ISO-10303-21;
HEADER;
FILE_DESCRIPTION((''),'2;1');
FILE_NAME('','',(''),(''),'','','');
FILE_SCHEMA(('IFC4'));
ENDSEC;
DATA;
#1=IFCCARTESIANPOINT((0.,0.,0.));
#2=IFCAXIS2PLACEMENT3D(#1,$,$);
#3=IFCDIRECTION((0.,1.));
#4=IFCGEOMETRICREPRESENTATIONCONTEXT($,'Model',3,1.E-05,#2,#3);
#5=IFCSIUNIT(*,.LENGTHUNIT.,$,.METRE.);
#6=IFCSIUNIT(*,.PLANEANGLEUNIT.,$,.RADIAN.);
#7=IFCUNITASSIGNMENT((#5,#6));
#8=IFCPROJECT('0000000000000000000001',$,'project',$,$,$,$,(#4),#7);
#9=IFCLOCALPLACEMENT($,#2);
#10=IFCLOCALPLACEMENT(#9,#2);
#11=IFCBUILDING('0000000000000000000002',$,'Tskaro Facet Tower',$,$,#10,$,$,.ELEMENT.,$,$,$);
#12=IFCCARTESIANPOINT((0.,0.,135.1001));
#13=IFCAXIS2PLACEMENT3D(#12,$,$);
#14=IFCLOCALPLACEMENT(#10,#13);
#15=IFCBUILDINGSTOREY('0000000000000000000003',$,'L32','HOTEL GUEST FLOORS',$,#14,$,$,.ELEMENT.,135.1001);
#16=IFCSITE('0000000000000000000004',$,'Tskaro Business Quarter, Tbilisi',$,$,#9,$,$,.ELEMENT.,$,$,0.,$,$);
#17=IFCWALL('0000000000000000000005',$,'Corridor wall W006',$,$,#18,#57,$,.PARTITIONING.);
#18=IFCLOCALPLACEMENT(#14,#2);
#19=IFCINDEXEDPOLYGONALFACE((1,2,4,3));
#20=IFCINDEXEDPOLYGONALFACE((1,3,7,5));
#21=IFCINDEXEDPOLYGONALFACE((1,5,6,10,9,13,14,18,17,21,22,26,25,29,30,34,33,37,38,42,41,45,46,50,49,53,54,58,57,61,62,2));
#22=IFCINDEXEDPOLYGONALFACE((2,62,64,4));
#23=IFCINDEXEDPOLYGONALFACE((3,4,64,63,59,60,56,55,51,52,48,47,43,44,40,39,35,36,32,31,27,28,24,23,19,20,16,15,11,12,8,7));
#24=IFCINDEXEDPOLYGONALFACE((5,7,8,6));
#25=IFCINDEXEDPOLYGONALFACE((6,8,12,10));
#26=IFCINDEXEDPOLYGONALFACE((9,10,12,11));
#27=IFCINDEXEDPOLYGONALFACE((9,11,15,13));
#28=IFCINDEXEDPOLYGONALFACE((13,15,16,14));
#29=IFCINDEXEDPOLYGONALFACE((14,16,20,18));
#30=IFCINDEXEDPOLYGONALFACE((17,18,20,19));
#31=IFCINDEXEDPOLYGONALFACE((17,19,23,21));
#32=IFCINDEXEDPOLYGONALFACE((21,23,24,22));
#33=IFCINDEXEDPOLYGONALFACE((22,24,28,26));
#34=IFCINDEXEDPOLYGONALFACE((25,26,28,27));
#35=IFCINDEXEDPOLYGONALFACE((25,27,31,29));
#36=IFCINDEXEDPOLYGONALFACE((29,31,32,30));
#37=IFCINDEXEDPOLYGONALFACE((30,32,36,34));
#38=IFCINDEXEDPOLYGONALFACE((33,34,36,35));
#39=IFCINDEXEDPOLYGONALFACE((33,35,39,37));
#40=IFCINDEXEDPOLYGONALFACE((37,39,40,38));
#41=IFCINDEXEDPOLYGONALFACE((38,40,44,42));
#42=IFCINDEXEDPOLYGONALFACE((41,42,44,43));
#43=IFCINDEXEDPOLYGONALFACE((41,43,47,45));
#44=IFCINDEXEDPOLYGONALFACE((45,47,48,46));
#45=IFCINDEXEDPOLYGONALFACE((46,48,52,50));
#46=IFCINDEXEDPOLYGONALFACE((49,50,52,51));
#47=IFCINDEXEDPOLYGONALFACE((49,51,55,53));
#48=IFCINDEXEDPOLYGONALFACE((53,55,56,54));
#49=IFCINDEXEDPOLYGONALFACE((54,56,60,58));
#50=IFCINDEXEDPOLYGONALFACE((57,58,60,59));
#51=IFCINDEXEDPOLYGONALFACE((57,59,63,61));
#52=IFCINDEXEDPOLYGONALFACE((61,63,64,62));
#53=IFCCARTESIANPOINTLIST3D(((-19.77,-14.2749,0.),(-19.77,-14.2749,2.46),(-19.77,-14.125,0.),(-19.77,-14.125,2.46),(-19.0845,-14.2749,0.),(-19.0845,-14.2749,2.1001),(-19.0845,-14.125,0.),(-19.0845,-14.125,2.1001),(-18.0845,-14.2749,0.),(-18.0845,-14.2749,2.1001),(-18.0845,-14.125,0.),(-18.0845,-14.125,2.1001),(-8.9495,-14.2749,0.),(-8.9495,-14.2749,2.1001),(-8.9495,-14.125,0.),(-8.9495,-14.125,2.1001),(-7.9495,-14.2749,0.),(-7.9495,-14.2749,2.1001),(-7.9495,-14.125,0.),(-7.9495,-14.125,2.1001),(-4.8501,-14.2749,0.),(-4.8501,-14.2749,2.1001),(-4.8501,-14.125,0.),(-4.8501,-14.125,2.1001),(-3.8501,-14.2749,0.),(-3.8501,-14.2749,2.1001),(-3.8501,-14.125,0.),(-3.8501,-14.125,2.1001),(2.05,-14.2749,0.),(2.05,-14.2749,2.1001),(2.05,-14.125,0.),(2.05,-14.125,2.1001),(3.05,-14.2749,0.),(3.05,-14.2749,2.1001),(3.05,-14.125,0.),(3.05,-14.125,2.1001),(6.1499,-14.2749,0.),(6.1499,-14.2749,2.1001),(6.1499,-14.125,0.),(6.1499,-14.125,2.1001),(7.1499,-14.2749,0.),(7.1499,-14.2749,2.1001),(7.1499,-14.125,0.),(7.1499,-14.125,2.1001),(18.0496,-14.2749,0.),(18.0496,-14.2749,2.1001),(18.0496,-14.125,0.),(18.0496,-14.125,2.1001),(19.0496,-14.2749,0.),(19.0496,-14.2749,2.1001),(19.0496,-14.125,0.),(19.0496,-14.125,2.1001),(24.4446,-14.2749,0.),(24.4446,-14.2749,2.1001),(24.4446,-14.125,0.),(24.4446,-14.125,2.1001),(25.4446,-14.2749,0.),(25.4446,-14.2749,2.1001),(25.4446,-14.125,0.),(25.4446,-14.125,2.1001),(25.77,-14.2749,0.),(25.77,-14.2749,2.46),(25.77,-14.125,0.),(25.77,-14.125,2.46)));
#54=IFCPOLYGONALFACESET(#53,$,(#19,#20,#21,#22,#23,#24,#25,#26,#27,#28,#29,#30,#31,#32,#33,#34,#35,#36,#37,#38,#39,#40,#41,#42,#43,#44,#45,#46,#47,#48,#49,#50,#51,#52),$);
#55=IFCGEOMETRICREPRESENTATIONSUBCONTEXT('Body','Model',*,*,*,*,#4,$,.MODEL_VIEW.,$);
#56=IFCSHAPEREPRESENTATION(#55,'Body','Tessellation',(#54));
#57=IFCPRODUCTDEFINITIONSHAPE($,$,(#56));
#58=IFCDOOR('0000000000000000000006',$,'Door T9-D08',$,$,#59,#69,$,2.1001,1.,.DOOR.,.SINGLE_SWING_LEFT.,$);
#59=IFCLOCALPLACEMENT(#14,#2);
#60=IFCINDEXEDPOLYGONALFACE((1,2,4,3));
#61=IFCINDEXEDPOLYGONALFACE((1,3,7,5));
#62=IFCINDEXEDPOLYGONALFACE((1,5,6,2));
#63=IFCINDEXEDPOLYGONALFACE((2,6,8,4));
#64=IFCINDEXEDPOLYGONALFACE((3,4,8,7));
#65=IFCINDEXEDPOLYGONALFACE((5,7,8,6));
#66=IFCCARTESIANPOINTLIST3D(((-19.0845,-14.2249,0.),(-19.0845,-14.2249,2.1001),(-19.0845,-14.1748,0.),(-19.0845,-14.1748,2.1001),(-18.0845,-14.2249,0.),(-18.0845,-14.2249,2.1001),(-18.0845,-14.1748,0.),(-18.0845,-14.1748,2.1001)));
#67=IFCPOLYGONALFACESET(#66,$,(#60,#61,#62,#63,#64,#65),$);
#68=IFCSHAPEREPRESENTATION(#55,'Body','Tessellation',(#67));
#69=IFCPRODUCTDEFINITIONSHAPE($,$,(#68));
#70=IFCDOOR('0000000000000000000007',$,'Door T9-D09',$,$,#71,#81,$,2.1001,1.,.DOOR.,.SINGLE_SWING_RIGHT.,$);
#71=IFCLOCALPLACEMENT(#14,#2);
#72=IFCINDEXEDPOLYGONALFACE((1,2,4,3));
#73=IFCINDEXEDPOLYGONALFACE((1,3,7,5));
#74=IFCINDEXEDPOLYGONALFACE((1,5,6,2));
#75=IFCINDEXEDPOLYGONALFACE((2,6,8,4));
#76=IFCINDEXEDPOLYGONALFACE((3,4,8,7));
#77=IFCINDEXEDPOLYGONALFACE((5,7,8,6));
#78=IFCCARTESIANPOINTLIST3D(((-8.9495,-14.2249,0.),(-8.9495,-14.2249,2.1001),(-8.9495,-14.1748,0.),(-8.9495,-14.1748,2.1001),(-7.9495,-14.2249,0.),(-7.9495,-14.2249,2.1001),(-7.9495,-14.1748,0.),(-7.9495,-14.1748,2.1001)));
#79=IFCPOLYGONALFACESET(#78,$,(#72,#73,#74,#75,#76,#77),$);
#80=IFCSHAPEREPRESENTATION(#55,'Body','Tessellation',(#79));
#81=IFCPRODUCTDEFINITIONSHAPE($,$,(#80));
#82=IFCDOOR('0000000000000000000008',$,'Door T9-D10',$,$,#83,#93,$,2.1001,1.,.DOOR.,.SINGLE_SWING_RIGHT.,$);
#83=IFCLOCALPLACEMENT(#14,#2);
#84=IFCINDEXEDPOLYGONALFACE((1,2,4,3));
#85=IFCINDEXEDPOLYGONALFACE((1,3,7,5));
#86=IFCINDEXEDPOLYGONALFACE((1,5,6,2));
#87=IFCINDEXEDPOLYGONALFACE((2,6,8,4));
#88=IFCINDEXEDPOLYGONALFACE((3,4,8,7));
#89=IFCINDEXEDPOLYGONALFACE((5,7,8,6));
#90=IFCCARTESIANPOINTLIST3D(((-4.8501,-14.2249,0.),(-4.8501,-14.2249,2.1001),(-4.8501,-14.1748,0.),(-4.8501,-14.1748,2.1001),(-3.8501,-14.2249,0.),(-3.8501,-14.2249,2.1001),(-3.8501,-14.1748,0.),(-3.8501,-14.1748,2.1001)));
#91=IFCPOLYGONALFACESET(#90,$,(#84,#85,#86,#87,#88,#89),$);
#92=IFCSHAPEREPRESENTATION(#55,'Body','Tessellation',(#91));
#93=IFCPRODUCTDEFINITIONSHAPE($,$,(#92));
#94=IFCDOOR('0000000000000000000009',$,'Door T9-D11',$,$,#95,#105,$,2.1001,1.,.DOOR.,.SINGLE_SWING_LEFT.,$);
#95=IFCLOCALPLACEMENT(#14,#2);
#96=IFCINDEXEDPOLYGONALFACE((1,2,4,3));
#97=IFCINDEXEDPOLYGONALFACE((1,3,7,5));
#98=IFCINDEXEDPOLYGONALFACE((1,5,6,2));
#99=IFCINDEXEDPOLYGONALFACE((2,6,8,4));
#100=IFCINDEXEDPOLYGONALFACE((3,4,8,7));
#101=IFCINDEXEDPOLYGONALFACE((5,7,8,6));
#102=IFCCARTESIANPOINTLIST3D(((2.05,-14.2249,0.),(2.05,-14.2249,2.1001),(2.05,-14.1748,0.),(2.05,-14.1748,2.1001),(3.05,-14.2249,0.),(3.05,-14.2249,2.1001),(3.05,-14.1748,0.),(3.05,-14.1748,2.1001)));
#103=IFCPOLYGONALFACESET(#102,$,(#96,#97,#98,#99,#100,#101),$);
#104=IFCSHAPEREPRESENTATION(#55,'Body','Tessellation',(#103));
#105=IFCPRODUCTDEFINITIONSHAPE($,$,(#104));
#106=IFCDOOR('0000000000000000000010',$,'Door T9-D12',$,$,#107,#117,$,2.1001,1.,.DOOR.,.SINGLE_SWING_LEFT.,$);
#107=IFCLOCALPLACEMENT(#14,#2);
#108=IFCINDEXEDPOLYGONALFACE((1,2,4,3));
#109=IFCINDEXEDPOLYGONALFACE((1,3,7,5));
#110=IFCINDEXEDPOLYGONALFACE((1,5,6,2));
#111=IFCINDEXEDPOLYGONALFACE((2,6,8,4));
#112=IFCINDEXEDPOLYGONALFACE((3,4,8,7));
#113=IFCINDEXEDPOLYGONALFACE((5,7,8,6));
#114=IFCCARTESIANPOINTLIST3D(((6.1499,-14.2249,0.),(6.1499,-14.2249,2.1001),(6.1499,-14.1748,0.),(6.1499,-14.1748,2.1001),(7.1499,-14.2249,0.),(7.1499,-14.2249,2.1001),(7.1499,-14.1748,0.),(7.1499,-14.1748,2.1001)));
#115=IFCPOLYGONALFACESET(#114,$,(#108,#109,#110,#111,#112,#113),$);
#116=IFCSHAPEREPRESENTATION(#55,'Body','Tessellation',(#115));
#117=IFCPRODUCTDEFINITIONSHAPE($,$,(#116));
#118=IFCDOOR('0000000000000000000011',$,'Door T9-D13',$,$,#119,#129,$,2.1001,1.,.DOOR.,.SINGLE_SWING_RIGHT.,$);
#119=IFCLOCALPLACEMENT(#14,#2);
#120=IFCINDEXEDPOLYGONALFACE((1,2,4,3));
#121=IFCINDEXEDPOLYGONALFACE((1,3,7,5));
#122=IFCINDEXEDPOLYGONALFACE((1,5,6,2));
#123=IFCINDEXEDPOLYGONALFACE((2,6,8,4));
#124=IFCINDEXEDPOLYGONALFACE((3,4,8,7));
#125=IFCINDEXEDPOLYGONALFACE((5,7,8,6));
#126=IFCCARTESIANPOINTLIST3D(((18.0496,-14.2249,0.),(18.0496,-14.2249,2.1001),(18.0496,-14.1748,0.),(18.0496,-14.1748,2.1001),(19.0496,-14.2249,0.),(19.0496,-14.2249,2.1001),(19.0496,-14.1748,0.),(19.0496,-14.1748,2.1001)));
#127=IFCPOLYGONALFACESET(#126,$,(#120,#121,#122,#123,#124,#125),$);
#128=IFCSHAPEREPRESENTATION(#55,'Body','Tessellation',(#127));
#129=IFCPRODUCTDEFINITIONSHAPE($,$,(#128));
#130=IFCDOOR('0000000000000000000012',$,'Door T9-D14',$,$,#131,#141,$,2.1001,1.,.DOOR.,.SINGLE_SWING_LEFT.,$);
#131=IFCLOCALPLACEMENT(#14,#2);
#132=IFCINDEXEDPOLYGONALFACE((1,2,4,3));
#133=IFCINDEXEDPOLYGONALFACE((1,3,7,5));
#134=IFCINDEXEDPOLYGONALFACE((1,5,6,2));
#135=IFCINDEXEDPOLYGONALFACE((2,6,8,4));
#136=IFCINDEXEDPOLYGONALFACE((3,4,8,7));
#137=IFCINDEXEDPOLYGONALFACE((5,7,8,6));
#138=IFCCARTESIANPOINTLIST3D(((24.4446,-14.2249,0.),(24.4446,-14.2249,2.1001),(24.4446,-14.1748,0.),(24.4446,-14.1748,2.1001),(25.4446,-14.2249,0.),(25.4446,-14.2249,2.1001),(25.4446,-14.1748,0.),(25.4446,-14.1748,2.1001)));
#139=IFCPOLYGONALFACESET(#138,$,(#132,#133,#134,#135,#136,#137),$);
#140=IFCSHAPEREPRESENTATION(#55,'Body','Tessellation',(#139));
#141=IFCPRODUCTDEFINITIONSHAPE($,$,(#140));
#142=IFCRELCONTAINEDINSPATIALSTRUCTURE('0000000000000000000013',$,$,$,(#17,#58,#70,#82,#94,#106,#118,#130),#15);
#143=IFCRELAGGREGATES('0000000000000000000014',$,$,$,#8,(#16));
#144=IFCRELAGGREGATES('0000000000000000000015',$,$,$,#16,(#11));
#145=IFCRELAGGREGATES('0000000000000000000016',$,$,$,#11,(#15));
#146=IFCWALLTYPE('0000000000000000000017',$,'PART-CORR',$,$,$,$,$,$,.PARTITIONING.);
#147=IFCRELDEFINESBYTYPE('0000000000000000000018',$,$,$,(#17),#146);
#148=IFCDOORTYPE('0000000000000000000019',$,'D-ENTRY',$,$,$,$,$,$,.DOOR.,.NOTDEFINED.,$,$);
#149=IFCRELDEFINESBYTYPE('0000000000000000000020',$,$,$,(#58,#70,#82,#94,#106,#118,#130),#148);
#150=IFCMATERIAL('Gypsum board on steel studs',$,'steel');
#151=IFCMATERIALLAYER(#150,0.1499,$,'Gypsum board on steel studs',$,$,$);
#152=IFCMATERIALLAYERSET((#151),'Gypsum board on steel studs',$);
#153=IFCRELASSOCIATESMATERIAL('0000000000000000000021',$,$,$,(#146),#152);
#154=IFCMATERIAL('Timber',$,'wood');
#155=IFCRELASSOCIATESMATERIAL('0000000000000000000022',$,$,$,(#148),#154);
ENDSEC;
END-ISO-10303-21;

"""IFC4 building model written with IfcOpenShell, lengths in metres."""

from ifc_helpers import new_model, si_unit, direction, frame, frame_2d, origin, place, context, subcontext, project, spatial, rectangle, extrude, material, layer, layer_set, type_object, element, fill, save


model = new_model("IFC4")

# Units and contexts
model_context = context("Model", 3, precision=1e-05, world=origin(), true_north=direction((0.0, 1.0)))
body_context = subcontext(model_context, "Body", "Model", "MODEL_VIEW")
ifc_project = project(units=[si_unit("LENGTHUNIT", "METRE"), si_unit("PLANEANGLEUNIT", "RADIAN")], contexts=[model_context])

# Site, building, storey
site_placement = place(None, origin())
site = spatial("IfcSite", under=ifc_project, at=site_placement, Name="Tskaro Business Quarter, Tbilisi", CompositionType="ELEMENT", RefElevation=0.0)
building_placement = place(site_placement, origin())
building = spatial("IfcBuilding", under=site, at=building_placement, Name="Tskaro Facet Tower", CompositionType="ELEMENT")
storey_placement = place(building_placement, frame((0.0, 0.0, 135.1001)))
storey = spatial("IfcBuildingStorey", under=building, at=storey_placement, Name="L32", Description="HOTEL GUEST FLOORS", CompositionType="ELEMENT", Elevation=135.1001)

# Wall, openings, doors
ifc_material_1 = material(Name="Gypsum board on steel studs", Category="steel")
ifc_layer_1 = layer(ifc_material_1, 0.1499, Name="Gypsum board on steel studs")
ifc_layer_set_1 = layer_set([ifc_layer_1], Name="Gypsum board on steel studs")
wall_type = type_object("IfcWallType", Name="PART-CORR", PredefinedType="PARTITIONING", material=ifc_layer_set_1)
wall_1_placement = place(storey_placement, frame((25.77, -14.2, 0.0), z_axis=(0.0, 0.0, 1.0), x_axis=(-1.0, 0.0, 0.0)))
wall_1 = element("IfcWall", 1, at=wall_1_placement, inside=storey, type_object=wall_type, Name="Corridor wall W006", PredefinedType="PARTITIONING", context=body_context, shape_type="SweptSolid", body=[
    extrude(rectangle(XDim=45.54, YDim=0.1499, at=frame_2d((22.77, 0.0))), origin(), (0.0, 0.0, 1.0), 2.46),
])
opening_1_placement = place(wall_1_placement, frame((43.8545, 0.0, 0.0)))
opening_1 = element("IfcOpeningElement", 2, at=opening_1_placement, cuts=wall_1, PredefinedType="OPENING", context=body_context, shape_type="SweptSolid", body=[
    extrude(rectangle(XDim=1.0, YDim=2.1001, at=frame_2d((0.5, 1.05))), frame((0.0, 0.085, 0.0), z_axis=(0.0, -1.0, 0.0), x_axis=(1.0, 0.0, 0.0)), (0.0, 0.0, 1.0), 0.1699),
])
opening_2_placement = place(wall_1_placement, frame((33.7195, 0.0, 0.0)))
opening_2 = element("IfcOpeningElement", 3, at=opening_2_placement, cuts=wall_1, PredefinedType="OPENING", context=body_context, shape_type="SweptSolid", body=[
    extrude(rectangle(XDim=1.0, YDim=2.1001, at=frame_2d((0.5, 1.05))), frame((0.0, 0.085, 0.0), z_axis=(0.0, -1.0, 0.0), x_axis=(1.0, 0.0, 0.0)), (0.0, 0.0, 1.0), 0.1699),
])
opening_3_placement = place(wall_1_placement, frame((29.6201, 0.0, 0.0)))
opening_3 = element("IfcOpeningElement", 4, at=opening_3_placement, cuts=wall_1, PredefinedType="OPENING", context=body_context, shape_type="SweptSolid", body=[
    extrude(rectangle(XDim=1.0, YDim=2.1001, at=frame_2d((0.5, 1.05))), frame((0.0, 0.085, 0.0), z_axis=(0.0, -1.0, 0.0), x_axis=(1.0, 0.0, 0.0)), (0.0, 0.0, 1.0), 0.1699),
])
opening_4_placement = place(wall_1_placement, frame((22.72, 0.0, 0.0)))
opening_4 = element("IfcOpeningElement", 5, at=opening_4_placement, cuts=wall_1, PredefinedType="OPENING", context=body_context, shape_type="SweptSolid", body=[
    extrude(rectangle(XDim=1.0, YDim=2.1001, at=frame_2d((0.5, 1.05))), frame((0.0, 0.085, 0.0), z_axis=(0.0, -1.0, 0.0), x_axis=(1.0, 0.0, 0.0)), (0.0, 0.0, 1.0), 0.1699),
])
opening_5_placement = place(wall_1_placement, frame((18.6201, 0.0, 0.0)))
opening_5 = element("IfcOpeningElement", 6, at=opening_5_placement, cuts=wall_1, PredefinedType="OPENING", context=body_context, shape_type="SweptSolid", body=[
    extrude(rectangle(XDim=1.0, YDim=2.1001, at=frame_2d((0.5, 1.05))), frame((0.0, 0.085, 0.0), z_axis=(0.0, -1.0, 0.0), x_axis=(1.0, 0.0, 0.0)), (0.0, 0.0, 1.0), 0.1699),
])
opening_6_placement = place(wall_1_placement, frame((6.7205, 0.0, 0.0)))
opening_6 = element("IfcOpeningElement", 7, at=opening_6_placement, cuts=wall_1, PredefinedType="OPENING", context=body_context, shape_type="SweptSolid", body=[
    extrude(rectangle(XDim=1.0, YDim=2.1001, at=frame_2d((0.5, 1.05))), frame((0.0, 0.085, 0.0), z_axis=(0.0, -1.0, 0.0), x_axis=(1.0, 0.0, 0.0)), (0.0, 0.0, 1.0), 0.1699),
])
opening_7_placement = place(wall_1_placement, frame((0.3254, 0.0, 0.0)))
opening_7 = element("IfcOpeningElement", 8, at=opening_7_placement, cuts=wall_1, PredefinedType="OPENING", context=body_context, shape_type="SweptSolid", body=[
    extrude(rectangle(XDim=1.0, YDim=2.1001, at=frame_2d((0.5, 1.05))), frame((0.0, 0.085, 0.0), z_axis=(0.0, -1.0, 0.0), x_axis=(1.0, 0.0, 0.0)), (0.0, 0.0, 1.0), 0.1699),
])
ifc_material_2 = material(Name="Timber", Category="wood")
door_type_1 = type_object("IfcDoorType", Name="D-ENTRY", OperationType="NOTDEFINED", PredefinedType="DOOR", material=ifc_material_2)
door_1_placement = place(opening_1_placement, origin())
door_1 = element("IfcDoor", 9, at=door_1_placement, inside=storey, type_object=door_type_1, Name="Door T9-D08", OperationType="SINGLE_SWING_LEFT", OverallHeight=2.1001, OverallWidth=1.0, PredefinedType="DOOR", context=body_context, shape_type="SweptSolid", body=[
    extrude(rectangle(XDim=1.0, YDim=2.1001, at=frame_2d((0.5, 1.05))), frame((0.0, 0.0249, 0.0), z_axis=(0.0, -1.0, 0.0), x_axis=(1.0, 0.0, 0.0)), (0.0, 0.0, 1.0), 0.05),
])
fill(opening_1, door_1)
door_2_placement = place(opening_2_placement, origin())
door_2 = element("IfcDoor", 10, at=door_2_placement, inside=storey, type_object=door_type_1, Name="Door T9-D09", OperationType="SINGLE_SWING_RIGHT", OverallHeight=2.1001, OverallWidth=1.0, PredefinedType="DOOR", context=body_context, shape_type="SweptSolid", body=[
    extrude(rectangle(XDim=1.0, YDim=2.1001, at=frame_2d((0.5, 1.05))), frame((0.0, 0.0249, 0.0), z_axis=(0.0, -1.0, 0.0), x_axis=(1.0, 0.0, 0.0)), (0.0, 0.0, 1.0), 0.05),
])
fill(opening_2, door_2)
door_3_placement = place(opening_3_placement, origin())
door_3 = element("IfcDoor", 11, at=door_3_placement, inside=storey, type_object=door_type_1, Name="Door T9-D10", OperationType="SINGLE_SWING_RIGHT", OverallHeight=2.1001, OverallWidth=1.0, PredefinedType="DOOR", context=body_context, shape_type="SweptSolid", body=[
    extrude(rectangle(XDim=1.0, YDim=2.1001, at=frame_2d((0.5, 1.05))), frame((0.0, 0.0249, 0.0), z_axis=(0.0, -1.0, 0.0), x_axis=(1.0, 0.0, 0.0)), (0.0, 0.0, 1.0), 0.05),
])
fill(opening_3, door_3)
door_4_placement = place(opening_4_placement, origin())
door_4 = element("IfcDoor", 12, at=door_4_placement, inside=storey, type_object=door_type_1, Name="Door T9-D11", OperationType="SINGLE_SWING_LEFT", OverallHeight=2.1001, OverallWidth=1.0, PredefinedType="DOOR", context=body_context, shape_type="SweptSolid", body=[
    extrude(rectangle(XDim=1.0, YDim=2.1001, at=frame_2d((0.5, 1.05))), frame((0.0, 0.0249, 0.0), z_axis=(0.0, -1.0, 0.0), x_axis=(1.0, 0.0, 0.0)), (0.0, 0.0, 1.0), 0.05),
])
fill(opening_4, door_4)
door_5_placement = place(opening_5_placement, origin())
door_5 = element("IfcDoor", 13, at=door_5_placement, inside=storey, type_object=door_type_1, Name="Door T9-D12", OperationType="SINGLE_SWING_LEFT", OverallHeight=2.1001, OverallWidth=1.0, PredefinedType="DOOR", context=body_context, shape_type="SweptSolid", body=[
    extrude(rectangle(XDim=1.0, YDim=2.1001, at=frame_2d((0.5, 1.05))), frame((0.0, 0.0249, 0.0), z_axis=(0.0, -1.0, 0.0), x_axis=(1.0, 0.0, 0.0)), (0.0, 0.0, 1.0), 0.05),
])
fill(opening_5, door_5)
door_6_placement = place(opening_6_placement, origin())
door_6 = element("IfcDoor", 14, at=door_6_placement, inside=storey, type_object=door_type_1, Name="Door T9-D13", OperationType="SINGLE_SWING_RIGHT", OverallHeight=2.1001, OverallWidth=1.0, PredefinedType="DOOR", context=body_context, shape_type="SweptSolid", body=[
    extrude(rectangle(XDim=1.0, YDim=2.1001, at=frame_2d((0.5, 1.05))), frame((0.0, 0.0249, 0.0), z_axis=(0.0, -1.0, 0.0), x_axis=(1.0, 0.0, 0.0)), (0.0, 0.0, 1.0), 0.05),
])
fill(opening_6, door_6)
door_7_placement = place(opening_7_placement, origin())
door_7 = element("IfcDoor", 15, at=door_7_placement, inside=storey, type_object=door_type_1, Name="Door T9-D14", OperationType="SINGLE_SWING_LEFT", OverallHeight=2.1001, OverallWidth=1.0, PredefinedType="DOOR", context=body_context, shape_type="SweptSolid", body=[
    extrude(rectangle(XDim=1.0, YDim=2.1001, at=frame_2d((0.5, 1.05))), frame((0.0, 0.0249, 0.0), z_axis=(0.0, -1.0, 0.0), x_axis=(1.0, 0.0, 0.0)), (0.0, 0.0, 1.0), 0.05),
])
fill(opening_7, door_7)

save(model, "model.ifc")
